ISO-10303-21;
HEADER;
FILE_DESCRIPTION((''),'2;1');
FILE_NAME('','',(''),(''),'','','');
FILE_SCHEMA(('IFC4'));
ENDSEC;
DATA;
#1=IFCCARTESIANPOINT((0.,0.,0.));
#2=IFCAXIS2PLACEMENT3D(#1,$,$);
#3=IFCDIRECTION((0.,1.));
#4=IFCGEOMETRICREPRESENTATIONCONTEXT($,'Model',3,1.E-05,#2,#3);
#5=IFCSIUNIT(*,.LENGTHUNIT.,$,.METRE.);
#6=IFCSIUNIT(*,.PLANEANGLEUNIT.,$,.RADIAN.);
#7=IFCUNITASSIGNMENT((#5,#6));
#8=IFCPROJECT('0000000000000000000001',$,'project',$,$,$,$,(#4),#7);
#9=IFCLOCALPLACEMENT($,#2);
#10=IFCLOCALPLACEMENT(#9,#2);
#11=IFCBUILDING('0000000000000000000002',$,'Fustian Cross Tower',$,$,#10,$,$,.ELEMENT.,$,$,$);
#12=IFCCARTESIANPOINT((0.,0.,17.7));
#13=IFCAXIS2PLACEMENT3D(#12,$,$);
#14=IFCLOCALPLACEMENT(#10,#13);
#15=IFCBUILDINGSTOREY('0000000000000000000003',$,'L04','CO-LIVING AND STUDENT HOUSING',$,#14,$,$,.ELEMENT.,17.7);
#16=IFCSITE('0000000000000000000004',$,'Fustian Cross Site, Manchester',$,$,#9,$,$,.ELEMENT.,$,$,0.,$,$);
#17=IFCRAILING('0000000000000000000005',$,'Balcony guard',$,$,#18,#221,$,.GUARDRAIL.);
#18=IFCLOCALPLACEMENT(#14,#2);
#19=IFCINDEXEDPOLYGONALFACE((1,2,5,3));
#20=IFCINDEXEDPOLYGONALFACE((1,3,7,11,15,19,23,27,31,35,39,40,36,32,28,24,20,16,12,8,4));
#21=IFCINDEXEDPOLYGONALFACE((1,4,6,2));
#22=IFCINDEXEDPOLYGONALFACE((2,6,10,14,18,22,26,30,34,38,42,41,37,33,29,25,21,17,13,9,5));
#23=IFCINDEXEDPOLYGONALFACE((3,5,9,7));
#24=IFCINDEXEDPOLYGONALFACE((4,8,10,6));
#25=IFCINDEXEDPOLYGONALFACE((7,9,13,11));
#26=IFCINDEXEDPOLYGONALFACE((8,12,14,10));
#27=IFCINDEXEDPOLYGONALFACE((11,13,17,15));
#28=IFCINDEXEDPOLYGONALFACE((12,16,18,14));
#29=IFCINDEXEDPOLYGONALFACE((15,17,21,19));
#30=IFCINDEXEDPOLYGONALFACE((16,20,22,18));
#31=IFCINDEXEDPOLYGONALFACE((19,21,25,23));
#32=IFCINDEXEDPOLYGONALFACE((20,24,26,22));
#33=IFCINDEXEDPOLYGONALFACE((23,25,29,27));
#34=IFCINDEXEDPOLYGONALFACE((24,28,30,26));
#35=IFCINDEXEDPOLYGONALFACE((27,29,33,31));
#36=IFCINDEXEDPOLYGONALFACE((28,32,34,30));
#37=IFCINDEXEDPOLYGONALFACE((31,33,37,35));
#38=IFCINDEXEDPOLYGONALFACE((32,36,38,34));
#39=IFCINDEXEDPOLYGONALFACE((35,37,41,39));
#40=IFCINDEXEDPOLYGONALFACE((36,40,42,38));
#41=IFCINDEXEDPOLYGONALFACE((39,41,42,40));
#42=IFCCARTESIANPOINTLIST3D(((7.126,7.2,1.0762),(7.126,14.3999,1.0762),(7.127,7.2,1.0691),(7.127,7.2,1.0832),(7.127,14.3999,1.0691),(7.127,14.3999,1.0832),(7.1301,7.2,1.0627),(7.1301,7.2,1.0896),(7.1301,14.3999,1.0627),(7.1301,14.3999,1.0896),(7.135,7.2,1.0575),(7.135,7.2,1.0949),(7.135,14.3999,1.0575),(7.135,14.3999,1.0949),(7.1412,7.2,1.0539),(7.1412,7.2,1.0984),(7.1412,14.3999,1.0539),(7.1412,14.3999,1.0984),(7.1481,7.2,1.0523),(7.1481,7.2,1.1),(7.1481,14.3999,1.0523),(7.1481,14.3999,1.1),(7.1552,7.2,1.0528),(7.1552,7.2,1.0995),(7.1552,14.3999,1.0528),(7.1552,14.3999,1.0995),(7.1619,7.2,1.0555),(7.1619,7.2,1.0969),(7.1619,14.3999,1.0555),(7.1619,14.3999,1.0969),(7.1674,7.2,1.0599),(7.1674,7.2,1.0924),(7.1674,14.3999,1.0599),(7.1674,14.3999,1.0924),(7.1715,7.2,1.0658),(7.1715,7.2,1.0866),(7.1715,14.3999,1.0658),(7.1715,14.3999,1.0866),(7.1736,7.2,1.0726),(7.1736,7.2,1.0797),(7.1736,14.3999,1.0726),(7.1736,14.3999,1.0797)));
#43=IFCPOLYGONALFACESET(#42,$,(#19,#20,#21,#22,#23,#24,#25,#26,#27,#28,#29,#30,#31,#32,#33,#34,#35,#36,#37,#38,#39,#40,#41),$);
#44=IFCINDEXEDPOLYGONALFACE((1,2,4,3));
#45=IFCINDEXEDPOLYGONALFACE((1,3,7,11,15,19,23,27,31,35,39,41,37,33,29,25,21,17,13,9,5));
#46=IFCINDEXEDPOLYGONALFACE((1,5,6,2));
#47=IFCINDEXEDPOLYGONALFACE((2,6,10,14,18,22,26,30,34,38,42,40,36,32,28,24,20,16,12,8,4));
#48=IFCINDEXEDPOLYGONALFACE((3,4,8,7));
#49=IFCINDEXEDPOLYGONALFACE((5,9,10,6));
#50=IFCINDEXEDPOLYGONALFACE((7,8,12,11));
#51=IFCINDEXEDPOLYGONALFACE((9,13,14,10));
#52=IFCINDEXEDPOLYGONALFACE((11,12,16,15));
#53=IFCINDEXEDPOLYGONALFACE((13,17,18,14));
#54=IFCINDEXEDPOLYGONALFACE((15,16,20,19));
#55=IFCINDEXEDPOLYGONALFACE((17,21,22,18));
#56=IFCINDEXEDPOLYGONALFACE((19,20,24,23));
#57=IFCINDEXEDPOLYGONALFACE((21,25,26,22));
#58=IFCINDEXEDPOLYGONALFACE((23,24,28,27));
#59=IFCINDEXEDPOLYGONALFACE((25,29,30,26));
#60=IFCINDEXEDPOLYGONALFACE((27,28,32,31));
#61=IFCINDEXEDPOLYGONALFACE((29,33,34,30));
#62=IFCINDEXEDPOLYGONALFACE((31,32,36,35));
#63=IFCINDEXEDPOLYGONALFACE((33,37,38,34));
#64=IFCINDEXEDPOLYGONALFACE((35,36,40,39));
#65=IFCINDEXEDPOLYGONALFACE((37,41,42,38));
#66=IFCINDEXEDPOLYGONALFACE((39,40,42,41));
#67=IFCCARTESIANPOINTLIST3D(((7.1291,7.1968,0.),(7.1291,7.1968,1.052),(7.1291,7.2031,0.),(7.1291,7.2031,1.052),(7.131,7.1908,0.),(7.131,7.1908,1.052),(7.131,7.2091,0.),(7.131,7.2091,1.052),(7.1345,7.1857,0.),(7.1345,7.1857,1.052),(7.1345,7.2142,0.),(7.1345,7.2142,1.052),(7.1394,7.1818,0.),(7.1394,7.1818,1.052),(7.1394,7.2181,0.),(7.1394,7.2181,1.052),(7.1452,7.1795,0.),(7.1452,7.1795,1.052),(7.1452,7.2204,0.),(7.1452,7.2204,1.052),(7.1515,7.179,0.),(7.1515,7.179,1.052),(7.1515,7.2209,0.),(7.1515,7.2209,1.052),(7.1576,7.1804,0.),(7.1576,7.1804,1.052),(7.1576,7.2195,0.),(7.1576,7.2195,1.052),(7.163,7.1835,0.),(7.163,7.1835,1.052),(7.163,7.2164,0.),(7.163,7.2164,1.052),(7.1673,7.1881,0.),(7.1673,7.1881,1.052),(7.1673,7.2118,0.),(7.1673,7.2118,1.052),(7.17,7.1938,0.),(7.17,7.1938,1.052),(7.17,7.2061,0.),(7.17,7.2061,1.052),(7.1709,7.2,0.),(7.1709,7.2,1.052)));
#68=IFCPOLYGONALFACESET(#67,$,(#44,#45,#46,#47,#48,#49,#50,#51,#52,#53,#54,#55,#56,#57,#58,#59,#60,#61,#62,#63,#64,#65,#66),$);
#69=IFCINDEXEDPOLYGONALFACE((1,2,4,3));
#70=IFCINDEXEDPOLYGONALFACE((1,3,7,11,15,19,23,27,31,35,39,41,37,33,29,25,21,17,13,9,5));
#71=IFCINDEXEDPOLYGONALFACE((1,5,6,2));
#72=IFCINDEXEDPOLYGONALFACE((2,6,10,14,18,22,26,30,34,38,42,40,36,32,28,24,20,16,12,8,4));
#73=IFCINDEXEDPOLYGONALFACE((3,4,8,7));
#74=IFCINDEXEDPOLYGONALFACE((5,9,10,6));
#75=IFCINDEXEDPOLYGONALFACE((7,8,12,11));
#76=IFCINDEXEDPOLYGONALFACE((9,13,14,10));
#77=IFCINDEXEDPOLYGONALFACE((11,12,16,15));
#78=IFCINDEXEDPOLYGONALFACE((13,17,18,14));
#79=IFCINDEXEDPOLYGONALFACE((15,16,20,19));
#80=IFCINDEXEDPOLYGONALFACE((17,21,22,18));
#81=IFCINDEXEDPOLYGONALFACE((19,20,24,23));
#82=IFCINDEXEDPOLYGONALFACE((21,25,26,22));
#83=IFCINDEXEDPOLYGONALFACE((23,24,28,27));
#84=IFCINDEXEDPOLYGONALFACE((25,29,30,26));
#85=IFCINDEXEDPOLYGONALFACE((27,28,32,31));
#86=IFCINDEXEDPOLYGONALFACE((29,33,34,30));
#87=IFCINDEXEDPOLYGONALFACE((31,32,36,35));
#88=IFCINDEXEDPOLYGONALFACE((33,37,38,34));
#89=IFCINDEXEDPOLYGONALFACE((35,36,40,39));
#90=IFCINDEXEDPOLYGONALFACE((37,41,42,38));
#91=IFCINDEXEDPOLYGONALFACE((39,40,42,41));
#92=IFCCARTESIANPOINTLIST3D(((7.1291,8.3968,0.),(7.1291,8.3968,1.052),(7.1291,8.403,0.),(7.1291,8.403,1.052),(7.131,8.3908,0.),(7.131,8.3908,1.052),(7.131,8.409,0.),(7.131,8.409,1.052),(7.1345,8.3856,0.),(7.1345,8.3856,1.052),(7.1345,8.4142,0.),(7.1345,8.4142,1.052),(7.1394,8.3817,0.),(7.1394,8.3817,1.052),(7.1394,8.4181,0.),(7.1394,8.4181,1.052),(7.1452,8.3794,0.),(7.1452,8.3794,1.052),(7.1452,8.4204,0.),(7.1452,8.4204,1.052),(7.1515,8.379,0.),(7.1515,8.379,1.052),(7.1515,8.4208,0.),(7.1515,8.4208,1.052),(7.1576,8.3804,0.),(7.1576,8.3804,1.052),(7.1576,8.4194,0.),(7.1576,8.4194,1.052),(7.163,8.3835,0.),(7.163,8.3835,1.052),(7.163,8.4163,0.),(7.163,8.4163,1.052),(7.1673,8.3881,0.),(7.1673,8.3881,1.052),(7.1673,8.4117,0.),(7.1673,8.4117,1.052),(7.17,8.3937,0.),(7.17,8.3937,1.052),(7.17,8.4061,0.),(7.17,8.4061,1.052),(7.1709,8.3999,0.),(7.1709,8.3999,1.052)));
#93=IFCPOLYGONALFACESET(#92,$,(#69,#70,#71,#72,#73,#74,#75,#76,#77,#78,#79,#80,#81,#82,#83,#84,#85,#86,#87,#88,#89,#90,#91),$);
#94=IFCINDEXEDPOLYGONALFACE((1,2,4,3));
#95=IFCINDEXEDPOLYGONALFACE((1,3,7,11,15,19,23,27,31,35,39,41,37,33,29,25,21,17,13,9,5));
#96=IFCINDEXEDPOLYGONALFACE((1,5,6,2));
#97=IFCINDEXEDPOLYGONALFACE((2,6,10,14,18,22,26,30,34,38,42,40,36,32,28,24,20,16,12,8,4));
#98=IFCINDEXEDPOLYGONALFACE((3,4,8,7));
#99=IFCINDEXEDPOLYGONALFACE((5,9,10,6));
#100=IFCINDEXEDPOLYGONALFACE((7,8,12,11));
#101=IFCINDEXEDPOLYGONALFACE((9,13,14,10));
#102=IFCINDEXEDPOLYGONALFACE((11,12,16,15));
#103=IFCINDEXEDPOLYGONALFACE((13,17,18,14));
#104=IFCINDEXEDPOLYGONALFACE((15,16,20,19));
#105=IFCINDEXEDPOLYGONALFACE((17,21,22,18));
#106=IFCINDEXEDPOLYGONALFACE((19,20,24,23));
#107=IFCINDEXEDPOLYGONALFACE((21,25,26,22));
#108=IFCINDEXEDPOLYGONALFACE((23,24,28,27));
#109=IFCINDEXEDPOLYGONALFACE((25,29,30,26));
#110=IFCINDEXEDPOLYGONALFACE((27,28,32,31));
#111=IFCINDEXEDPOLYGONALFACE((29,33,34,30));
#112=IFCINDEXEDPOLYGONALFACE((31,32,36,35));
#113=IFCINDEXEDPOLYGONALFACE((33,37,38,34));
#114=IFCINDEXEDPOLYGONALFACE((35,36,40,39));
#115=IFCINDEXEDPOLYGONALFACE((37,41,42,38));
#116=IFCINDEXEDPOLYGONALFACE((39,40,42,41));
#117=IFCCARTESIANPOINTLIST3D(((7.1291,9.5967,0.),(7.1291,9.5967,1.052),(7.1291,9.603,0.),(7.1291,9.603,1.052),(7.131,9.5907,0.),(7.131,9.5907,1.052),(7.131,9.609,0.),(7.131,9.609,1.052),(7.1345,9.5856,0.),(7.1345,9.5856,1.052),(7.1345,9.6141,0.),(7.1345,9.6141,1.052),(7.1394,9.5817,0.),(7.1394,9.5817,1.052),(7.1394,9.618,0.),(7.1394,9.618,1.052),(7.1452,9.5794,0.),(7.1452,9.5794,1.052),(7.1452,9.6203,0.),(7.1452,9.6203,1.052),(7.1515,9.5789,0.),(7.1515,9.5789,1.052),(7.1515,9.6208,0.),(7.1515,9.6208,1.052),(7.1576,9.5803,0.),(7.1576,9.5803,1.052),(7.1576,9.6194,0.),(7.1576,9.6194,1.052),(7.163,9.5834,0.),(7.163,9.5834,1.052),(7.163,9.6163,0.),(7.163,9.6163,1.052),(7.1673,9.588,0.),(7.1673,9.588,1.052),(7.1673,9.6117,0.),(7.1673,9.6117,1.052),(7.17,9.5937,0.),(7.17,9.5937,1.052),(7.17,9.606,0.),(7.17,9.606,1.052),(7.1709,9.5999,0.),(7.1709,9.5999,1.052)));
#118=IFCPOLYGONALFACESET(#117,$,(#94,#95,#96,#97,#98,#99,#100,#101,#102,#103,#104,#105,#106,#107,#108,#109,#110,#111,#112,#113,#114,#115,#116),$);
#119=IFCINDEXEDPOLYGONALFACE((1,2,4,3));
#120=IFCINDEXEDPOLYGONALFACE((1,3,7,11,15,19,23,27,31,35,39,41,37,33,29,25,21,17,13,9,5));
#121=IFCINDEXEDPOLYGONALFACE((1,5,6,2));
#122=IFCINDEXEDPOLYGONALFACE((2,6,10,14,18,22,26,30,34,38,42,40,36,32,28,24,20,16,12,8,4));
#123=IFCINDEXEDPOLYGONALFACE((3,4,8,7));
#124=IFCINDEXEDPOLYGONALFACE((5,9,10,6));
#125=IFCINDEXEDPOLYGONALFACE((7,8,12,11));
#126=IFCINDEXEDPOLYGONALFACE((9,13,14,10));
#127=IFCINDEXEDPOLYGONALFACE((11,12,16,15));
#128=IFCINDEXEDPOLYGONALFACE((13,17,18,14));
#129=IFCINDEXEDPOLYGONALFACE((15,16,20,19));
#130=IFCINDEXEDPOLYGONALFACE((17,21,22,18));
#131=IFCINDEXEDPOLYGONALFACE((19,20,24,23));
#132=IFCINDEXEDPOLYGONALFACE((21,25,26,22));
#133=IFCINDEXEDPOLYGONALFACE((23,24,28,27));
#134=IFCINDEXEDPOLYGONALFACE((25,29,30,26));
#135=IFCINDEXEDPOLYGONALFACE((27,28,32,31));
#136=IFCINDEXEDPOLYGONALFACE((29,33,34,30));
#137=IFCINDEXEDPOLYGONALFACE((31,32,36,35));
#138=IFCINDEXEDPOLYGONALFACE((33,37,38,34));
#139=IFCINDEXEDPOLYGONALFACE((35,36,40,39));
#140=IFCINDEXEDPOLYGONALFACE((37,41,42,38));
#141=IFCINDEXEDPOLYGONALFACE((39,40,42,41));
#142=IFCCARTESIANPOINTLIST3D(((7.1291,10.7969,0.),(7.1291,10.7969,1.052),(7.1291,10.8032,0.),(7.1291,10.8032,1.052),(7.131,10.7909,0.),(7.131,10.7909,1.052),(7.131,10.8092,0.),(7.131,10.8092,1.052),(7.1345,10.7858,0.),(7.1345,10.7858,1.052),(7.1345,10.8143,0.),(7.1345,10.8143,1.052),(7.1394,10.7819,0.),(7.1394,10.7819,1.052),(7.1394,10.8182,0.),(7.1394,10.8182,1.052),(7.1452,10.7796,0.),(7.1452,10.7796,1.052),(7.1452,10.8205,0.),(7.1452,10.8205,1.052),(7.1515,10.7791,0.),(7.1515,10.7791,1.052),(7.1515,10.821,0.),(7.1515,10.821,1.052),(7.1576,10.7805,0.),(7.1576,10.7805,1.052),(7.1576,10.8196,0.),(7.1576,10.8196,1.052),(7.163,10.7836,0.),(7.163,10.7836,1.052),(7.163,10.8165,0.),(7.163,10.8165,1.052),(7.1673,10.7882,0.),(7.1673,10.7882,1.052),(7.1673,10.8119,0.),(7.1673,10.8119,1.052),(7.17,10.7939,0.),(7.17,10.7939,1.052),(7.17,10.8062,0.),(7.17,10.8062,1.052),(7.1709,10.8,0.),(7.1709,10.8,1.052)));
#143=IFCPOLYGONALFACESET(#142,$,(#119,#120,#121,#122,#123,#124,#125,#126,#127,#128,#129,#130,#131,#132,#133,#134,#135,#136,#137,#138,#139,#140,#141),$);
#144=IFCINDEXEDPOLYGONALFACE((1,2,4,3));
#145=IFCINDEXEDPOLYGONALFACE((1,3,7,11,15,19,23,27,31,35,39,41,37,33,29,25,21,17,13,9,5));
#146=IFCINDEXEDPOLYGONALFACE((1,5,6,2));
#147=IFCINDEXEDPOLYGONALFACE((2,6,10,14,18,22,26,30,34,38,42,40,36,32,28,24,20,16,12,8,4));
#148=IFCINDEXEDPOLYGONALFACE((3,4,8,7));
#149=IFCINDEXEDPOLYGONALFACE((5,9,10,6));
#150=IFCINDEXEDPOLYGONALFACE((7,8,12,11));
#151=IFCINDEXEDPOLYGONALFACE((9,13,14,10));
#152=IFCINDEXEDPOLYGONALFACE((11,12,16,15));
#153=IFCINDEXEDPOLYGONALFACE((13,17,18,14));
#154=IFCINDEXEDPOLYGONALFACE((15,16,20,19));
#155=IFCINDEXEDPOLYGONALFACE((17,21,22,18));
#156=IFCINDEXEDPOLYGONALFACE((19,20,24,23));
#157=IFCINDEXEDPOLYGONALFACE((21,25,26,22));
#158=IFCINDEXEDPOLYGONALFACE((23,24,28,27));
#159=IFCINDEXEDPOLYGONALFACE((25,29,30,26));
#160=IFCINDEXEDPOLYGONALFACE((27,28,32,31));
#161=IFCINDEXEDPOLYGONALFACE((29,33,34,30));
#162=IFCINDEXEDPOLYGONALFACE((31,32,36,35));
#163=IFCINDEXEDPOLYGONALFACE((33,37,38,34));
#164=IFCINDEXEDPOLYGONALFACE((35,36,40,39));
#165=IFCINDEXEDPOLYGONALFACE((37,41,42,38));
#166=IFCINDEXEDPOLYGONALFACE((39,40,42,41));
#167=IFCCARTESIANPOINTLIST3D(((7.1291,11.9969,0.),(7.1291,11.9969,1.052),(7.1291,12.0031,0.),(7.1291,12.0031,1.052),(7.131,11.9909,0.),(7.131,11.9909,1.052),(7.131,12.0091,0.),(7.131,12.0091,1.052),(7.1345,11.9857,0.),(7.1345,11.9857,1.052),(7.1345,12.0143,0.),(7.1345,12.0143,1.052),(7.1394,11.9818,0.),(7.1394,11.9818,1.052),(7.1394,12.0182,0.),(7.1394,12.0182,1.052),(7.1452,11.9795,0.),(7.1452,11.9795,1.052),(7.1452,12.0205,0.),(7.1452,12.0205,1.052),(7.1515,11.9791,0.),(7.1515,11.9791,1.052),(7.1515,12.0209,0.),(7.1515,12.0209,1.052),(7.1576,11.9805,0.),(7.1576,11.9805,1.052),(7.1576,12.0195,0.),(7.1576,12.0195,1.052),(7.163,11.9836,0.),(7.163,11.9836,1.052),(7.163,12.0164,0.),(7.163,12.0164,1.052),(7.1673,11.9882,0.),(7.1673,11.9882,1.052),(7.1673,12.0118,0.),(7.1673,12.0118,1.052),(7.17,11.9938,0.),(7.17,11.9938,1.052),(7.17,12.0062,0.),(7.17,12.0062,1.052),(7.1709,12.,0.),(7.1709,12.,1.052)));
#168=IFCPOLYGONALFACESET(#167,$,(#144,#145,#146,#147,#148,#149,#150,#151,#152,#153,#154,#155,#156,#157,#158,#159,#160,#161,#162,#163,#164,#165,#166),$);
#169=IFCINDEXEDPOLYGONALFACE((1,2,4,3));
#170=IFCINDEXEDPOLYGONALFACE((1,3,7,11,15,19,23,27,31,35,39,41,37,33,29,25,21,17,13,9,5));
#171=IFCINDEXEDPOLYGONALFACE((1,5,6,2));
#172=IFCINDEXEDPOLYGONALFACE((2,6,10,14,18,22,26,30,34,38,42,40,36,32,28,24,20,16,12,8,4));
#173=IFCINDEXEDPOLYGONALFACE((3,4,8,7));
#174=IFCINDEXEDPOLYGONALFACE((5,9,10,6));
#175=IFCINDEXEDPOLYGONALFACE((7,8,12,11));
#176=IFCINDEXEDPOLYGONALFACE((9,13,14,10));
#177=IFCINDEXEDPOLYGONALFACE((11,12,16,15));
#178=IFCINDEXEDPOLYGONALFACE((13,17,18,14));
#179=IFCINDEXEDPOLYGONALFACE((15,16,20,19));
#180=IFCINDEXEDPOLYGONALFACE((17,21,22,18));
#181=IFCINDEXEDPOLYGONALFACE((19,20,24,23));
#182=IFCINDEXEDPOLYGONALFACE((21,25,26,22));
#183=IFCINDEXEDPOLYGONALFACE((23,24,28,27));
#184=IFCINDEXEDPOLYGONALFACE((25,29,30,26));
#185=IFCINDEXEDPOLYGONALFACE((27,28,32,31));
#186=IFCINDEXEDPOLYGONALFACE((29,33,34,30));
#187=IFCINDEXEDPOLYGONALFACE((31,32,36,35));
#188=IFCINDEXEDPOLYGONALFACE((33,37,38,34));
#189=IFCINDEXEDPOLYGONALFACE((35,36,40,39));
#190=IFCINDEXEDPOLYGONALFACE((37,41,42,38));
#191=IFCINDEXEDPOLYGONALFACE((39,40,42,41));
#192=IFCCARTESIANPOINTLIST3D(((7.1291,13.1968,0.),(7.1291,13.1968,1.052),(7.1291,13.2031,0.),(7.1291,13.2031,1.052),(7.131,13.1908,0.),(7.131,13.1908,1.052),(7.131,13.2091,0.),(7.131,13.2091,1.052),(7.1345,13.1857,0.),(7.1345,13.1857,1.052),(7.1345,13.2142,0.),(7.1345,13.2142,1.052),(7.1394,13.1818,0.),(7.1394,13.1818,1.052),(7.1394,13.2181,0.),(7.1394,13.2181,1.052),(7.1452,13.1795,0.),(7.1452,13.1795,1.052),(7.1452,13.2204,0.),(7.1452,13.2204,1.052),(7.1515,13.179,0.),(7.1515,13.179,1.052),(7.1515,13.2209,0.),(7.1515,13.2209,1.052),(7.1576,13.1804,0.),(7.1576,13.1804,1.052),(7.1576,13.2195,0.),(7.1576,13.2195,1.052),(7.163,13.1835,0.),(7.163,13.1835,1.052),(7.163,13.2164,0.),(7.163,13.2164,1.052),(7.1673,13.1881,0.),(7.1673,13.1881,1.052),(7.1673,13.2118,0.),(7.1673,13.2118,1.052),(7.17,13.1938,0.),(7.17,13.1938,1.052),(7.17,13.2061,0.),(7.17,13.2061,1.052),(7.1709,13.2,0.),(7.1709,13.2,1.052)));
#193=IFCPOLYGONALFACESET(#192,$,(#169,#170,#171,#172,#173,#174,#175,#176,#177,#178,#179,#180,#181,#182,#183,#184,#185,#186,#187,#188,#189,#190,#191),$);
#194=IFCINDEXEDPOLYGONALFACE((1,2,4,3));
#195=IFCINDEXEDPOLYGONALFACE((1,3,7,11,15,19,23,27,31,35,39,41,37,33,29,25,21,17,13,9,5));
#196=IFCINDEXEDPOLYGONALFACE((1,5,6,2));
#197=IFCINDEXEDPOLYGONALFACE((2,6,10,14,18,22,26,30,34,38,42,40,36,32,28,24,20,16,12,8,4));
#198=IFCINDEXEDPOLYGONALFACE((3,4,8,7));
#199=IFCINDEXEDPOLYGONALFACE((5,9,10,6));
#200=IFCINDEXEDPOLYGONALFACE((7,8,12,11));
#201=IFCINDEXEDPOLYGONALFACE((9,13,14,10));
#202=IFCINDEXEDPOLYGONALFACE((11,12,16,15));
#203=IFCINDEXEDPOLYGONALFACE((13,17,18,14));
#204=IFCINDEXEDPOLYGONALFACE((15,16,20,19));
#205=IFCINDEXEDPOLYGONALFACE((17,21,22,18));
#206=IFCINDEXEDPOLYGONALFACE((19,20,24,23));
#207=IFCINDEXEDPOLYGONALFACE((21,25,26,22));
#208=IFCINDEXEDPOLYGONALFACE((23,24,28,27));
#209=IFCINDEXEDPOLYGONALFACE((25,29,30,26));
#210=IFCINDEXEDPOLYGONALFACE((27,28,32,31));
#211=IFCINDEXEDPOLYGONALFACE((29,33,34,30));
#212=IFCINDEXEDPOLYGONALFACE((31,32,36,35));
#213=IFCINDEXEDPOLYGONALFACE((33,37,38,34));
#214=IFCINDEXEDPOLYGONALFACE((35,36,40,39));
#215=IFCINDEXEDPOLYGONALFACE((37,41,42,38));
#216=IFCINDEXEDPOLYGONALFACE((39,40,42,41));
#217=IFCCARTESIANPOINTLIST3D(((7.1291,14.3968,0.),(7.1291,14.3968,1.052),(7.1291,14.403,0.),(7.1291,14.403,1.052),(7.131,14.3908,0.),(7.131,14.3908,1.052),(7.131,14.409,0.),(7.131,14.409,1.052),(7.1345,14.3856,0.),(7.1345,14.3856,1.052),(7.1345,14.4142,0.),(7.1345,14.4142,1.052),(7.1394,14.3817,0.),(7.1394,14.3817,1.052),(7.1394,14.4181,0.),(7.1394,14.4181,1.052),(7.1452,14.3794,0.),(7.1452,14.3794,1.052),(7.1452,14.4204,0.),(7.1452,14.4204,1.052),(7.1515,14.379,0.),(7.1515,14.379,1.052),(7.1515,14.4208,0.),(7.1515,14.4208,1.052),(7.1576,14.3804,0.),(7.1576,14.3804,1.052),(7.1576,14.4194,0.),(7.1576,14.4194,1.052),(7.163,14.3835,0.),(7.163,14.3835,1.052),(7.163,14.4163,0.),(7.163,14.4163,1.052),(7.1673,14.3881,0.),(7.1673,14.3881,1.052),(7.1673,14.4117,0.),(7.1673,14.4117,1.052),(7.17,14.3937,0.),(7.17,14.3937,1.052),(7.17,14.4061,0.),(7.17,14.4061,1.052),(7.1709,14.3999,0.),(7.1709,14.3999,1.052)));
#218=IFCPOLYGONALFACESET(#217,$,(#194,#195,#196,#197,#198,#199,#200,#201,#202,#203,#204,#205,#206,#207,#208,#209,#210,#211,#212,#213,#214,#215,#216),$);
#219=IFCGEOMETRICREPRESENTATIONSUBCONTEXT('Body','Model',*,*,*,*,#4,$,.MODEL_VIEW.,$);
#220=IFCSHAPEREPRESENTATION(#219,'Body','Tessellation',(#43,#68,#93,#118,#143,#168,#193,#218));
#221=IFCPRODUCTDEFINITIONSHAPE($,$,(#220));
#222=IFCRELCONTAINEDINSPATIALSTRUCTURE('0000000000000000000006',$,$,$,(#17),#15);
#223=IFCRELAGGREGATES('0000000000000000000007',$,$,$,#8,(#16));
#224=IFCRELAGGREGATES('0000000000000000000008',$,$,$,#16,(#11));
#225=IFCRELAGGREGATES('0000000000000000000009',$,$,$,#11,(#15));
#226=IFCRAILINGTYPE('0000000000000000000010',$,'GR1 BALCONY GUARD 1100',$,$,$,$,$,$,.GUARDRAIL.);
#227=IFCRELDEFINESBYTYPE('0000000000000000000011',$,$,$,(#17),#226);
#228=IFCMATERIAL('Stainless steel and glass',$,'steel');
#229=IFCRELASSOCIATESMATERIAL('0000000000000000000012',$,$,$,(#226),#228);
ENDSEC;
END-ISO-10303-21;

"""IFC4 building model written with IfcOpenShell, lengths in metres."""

from ifc_helpers import new_model, si_unit, direction, frame, origin, origin_2d, place, context, subcontext, project, spatial, circle, extrude, material, type_object, element, save


model = new_model("IFC4")

# Units and contexts
model_context = context("Model", 3, precision=1e-05, world=origin(), true_north=direction((0.0, 1.0)))
body_context = subcontext(model_context, "Body", "Model", "MODEL_VIEW")
ifc_project = project(units=[si_unit("LENGTHUNIT", "METRE"), si_unit("PLANEANGLEUNIT", "RADIAN")], contexts=[model_context])

# Site, building, storey
site_placement = place(None, origin())
site = spatial("IfcSite", under=ifc_project, at=site_placement, Name="Fustian Cross Site, Manchester", CompositionType="ELEMENT", RefElevation=0.0)
building_placement = place(site_placement, origin())
building = spatial("IfcBuilding", under=site, at=building_placement, Name="Fustian Cross Tower", CompositionType="ELEMENT")
storey_placement = place(building_placement, frame((0.0, 0.0, 17.7)))
storey = spatial("IfcBuildingStorey", under=building, at=storey_placement, Name="L04", Description="CO-LIVING AND STUDENT HOUSING", CompositionType="ELEMENT", Elevation=17.7)

# Railing
ifc_material_1 = material(Name="Stainless steel and glass", Category="steel")
railing_type_1 = type_object("IfcRailingType", Name="GR1 BALCONY GUARD 1100", PredefinedType="GUARDRAIL", material=ifc_material_1)
railing_1_placement = place(storey_placement, frame((7.1499, 7.2, 0.0)))
element("IfcRailing", 1, at=railing_1_placement, inside=storey, type_object=railing_type_1, Name="Balcony guard", PredefinedType="GUARDRAIL", context=body_context, shape_type="SweptSolid", body=[
    extrude(circle(Radius=0.0239, at=origin_2d()), frame((0.0, 0.0, 1.0762), z_axis=(0.0, 1.0, 0.0), x_axis=(-1.0, 0.0, 0.0)), (0.0, 0.0, 1.0), 7.2),
    extrude(circle(Radius=0.021, at=origin_2d()), origin(), (0.0, 0.0, 1.0), 1.052),
    extrude(circle(Radius=0.021, at=origin_2d()), frame((0.0, 1.2, 0.0)), (0.0, 0.0, 1.0), 1.052),
    extrude(circle(Radius=0.021, at=origin_2d()), frame((0.0, 2.3999, 0.0)), (0.0, 0.0, 1.0), 1.052),
    extrude(circle(Radius=0.021, at=origin_2d()), frame((0.0, 3.6001, 0.0)), (0.0, 0.0, 1.0), 1.052),
    extrude(circle(Radius=0.021, at=origin_2d()), frame((0.0, 4.8, 0.0)), (0.0, 0.0, 1.0), 1.052),
    extrude(circle(Radius=0.021, at=origin_2d()), frame((0.0, 6.0, 0.0)), (0.0, 0.0, 1.0), 1.052),
    extrude(circle(Radius=0.021, at=origin_2d()), frame((0.0, 7.2, 0.0)), (0.0, 0.0, 1.0), 1.052),
])

save(model, "model.ifc")
